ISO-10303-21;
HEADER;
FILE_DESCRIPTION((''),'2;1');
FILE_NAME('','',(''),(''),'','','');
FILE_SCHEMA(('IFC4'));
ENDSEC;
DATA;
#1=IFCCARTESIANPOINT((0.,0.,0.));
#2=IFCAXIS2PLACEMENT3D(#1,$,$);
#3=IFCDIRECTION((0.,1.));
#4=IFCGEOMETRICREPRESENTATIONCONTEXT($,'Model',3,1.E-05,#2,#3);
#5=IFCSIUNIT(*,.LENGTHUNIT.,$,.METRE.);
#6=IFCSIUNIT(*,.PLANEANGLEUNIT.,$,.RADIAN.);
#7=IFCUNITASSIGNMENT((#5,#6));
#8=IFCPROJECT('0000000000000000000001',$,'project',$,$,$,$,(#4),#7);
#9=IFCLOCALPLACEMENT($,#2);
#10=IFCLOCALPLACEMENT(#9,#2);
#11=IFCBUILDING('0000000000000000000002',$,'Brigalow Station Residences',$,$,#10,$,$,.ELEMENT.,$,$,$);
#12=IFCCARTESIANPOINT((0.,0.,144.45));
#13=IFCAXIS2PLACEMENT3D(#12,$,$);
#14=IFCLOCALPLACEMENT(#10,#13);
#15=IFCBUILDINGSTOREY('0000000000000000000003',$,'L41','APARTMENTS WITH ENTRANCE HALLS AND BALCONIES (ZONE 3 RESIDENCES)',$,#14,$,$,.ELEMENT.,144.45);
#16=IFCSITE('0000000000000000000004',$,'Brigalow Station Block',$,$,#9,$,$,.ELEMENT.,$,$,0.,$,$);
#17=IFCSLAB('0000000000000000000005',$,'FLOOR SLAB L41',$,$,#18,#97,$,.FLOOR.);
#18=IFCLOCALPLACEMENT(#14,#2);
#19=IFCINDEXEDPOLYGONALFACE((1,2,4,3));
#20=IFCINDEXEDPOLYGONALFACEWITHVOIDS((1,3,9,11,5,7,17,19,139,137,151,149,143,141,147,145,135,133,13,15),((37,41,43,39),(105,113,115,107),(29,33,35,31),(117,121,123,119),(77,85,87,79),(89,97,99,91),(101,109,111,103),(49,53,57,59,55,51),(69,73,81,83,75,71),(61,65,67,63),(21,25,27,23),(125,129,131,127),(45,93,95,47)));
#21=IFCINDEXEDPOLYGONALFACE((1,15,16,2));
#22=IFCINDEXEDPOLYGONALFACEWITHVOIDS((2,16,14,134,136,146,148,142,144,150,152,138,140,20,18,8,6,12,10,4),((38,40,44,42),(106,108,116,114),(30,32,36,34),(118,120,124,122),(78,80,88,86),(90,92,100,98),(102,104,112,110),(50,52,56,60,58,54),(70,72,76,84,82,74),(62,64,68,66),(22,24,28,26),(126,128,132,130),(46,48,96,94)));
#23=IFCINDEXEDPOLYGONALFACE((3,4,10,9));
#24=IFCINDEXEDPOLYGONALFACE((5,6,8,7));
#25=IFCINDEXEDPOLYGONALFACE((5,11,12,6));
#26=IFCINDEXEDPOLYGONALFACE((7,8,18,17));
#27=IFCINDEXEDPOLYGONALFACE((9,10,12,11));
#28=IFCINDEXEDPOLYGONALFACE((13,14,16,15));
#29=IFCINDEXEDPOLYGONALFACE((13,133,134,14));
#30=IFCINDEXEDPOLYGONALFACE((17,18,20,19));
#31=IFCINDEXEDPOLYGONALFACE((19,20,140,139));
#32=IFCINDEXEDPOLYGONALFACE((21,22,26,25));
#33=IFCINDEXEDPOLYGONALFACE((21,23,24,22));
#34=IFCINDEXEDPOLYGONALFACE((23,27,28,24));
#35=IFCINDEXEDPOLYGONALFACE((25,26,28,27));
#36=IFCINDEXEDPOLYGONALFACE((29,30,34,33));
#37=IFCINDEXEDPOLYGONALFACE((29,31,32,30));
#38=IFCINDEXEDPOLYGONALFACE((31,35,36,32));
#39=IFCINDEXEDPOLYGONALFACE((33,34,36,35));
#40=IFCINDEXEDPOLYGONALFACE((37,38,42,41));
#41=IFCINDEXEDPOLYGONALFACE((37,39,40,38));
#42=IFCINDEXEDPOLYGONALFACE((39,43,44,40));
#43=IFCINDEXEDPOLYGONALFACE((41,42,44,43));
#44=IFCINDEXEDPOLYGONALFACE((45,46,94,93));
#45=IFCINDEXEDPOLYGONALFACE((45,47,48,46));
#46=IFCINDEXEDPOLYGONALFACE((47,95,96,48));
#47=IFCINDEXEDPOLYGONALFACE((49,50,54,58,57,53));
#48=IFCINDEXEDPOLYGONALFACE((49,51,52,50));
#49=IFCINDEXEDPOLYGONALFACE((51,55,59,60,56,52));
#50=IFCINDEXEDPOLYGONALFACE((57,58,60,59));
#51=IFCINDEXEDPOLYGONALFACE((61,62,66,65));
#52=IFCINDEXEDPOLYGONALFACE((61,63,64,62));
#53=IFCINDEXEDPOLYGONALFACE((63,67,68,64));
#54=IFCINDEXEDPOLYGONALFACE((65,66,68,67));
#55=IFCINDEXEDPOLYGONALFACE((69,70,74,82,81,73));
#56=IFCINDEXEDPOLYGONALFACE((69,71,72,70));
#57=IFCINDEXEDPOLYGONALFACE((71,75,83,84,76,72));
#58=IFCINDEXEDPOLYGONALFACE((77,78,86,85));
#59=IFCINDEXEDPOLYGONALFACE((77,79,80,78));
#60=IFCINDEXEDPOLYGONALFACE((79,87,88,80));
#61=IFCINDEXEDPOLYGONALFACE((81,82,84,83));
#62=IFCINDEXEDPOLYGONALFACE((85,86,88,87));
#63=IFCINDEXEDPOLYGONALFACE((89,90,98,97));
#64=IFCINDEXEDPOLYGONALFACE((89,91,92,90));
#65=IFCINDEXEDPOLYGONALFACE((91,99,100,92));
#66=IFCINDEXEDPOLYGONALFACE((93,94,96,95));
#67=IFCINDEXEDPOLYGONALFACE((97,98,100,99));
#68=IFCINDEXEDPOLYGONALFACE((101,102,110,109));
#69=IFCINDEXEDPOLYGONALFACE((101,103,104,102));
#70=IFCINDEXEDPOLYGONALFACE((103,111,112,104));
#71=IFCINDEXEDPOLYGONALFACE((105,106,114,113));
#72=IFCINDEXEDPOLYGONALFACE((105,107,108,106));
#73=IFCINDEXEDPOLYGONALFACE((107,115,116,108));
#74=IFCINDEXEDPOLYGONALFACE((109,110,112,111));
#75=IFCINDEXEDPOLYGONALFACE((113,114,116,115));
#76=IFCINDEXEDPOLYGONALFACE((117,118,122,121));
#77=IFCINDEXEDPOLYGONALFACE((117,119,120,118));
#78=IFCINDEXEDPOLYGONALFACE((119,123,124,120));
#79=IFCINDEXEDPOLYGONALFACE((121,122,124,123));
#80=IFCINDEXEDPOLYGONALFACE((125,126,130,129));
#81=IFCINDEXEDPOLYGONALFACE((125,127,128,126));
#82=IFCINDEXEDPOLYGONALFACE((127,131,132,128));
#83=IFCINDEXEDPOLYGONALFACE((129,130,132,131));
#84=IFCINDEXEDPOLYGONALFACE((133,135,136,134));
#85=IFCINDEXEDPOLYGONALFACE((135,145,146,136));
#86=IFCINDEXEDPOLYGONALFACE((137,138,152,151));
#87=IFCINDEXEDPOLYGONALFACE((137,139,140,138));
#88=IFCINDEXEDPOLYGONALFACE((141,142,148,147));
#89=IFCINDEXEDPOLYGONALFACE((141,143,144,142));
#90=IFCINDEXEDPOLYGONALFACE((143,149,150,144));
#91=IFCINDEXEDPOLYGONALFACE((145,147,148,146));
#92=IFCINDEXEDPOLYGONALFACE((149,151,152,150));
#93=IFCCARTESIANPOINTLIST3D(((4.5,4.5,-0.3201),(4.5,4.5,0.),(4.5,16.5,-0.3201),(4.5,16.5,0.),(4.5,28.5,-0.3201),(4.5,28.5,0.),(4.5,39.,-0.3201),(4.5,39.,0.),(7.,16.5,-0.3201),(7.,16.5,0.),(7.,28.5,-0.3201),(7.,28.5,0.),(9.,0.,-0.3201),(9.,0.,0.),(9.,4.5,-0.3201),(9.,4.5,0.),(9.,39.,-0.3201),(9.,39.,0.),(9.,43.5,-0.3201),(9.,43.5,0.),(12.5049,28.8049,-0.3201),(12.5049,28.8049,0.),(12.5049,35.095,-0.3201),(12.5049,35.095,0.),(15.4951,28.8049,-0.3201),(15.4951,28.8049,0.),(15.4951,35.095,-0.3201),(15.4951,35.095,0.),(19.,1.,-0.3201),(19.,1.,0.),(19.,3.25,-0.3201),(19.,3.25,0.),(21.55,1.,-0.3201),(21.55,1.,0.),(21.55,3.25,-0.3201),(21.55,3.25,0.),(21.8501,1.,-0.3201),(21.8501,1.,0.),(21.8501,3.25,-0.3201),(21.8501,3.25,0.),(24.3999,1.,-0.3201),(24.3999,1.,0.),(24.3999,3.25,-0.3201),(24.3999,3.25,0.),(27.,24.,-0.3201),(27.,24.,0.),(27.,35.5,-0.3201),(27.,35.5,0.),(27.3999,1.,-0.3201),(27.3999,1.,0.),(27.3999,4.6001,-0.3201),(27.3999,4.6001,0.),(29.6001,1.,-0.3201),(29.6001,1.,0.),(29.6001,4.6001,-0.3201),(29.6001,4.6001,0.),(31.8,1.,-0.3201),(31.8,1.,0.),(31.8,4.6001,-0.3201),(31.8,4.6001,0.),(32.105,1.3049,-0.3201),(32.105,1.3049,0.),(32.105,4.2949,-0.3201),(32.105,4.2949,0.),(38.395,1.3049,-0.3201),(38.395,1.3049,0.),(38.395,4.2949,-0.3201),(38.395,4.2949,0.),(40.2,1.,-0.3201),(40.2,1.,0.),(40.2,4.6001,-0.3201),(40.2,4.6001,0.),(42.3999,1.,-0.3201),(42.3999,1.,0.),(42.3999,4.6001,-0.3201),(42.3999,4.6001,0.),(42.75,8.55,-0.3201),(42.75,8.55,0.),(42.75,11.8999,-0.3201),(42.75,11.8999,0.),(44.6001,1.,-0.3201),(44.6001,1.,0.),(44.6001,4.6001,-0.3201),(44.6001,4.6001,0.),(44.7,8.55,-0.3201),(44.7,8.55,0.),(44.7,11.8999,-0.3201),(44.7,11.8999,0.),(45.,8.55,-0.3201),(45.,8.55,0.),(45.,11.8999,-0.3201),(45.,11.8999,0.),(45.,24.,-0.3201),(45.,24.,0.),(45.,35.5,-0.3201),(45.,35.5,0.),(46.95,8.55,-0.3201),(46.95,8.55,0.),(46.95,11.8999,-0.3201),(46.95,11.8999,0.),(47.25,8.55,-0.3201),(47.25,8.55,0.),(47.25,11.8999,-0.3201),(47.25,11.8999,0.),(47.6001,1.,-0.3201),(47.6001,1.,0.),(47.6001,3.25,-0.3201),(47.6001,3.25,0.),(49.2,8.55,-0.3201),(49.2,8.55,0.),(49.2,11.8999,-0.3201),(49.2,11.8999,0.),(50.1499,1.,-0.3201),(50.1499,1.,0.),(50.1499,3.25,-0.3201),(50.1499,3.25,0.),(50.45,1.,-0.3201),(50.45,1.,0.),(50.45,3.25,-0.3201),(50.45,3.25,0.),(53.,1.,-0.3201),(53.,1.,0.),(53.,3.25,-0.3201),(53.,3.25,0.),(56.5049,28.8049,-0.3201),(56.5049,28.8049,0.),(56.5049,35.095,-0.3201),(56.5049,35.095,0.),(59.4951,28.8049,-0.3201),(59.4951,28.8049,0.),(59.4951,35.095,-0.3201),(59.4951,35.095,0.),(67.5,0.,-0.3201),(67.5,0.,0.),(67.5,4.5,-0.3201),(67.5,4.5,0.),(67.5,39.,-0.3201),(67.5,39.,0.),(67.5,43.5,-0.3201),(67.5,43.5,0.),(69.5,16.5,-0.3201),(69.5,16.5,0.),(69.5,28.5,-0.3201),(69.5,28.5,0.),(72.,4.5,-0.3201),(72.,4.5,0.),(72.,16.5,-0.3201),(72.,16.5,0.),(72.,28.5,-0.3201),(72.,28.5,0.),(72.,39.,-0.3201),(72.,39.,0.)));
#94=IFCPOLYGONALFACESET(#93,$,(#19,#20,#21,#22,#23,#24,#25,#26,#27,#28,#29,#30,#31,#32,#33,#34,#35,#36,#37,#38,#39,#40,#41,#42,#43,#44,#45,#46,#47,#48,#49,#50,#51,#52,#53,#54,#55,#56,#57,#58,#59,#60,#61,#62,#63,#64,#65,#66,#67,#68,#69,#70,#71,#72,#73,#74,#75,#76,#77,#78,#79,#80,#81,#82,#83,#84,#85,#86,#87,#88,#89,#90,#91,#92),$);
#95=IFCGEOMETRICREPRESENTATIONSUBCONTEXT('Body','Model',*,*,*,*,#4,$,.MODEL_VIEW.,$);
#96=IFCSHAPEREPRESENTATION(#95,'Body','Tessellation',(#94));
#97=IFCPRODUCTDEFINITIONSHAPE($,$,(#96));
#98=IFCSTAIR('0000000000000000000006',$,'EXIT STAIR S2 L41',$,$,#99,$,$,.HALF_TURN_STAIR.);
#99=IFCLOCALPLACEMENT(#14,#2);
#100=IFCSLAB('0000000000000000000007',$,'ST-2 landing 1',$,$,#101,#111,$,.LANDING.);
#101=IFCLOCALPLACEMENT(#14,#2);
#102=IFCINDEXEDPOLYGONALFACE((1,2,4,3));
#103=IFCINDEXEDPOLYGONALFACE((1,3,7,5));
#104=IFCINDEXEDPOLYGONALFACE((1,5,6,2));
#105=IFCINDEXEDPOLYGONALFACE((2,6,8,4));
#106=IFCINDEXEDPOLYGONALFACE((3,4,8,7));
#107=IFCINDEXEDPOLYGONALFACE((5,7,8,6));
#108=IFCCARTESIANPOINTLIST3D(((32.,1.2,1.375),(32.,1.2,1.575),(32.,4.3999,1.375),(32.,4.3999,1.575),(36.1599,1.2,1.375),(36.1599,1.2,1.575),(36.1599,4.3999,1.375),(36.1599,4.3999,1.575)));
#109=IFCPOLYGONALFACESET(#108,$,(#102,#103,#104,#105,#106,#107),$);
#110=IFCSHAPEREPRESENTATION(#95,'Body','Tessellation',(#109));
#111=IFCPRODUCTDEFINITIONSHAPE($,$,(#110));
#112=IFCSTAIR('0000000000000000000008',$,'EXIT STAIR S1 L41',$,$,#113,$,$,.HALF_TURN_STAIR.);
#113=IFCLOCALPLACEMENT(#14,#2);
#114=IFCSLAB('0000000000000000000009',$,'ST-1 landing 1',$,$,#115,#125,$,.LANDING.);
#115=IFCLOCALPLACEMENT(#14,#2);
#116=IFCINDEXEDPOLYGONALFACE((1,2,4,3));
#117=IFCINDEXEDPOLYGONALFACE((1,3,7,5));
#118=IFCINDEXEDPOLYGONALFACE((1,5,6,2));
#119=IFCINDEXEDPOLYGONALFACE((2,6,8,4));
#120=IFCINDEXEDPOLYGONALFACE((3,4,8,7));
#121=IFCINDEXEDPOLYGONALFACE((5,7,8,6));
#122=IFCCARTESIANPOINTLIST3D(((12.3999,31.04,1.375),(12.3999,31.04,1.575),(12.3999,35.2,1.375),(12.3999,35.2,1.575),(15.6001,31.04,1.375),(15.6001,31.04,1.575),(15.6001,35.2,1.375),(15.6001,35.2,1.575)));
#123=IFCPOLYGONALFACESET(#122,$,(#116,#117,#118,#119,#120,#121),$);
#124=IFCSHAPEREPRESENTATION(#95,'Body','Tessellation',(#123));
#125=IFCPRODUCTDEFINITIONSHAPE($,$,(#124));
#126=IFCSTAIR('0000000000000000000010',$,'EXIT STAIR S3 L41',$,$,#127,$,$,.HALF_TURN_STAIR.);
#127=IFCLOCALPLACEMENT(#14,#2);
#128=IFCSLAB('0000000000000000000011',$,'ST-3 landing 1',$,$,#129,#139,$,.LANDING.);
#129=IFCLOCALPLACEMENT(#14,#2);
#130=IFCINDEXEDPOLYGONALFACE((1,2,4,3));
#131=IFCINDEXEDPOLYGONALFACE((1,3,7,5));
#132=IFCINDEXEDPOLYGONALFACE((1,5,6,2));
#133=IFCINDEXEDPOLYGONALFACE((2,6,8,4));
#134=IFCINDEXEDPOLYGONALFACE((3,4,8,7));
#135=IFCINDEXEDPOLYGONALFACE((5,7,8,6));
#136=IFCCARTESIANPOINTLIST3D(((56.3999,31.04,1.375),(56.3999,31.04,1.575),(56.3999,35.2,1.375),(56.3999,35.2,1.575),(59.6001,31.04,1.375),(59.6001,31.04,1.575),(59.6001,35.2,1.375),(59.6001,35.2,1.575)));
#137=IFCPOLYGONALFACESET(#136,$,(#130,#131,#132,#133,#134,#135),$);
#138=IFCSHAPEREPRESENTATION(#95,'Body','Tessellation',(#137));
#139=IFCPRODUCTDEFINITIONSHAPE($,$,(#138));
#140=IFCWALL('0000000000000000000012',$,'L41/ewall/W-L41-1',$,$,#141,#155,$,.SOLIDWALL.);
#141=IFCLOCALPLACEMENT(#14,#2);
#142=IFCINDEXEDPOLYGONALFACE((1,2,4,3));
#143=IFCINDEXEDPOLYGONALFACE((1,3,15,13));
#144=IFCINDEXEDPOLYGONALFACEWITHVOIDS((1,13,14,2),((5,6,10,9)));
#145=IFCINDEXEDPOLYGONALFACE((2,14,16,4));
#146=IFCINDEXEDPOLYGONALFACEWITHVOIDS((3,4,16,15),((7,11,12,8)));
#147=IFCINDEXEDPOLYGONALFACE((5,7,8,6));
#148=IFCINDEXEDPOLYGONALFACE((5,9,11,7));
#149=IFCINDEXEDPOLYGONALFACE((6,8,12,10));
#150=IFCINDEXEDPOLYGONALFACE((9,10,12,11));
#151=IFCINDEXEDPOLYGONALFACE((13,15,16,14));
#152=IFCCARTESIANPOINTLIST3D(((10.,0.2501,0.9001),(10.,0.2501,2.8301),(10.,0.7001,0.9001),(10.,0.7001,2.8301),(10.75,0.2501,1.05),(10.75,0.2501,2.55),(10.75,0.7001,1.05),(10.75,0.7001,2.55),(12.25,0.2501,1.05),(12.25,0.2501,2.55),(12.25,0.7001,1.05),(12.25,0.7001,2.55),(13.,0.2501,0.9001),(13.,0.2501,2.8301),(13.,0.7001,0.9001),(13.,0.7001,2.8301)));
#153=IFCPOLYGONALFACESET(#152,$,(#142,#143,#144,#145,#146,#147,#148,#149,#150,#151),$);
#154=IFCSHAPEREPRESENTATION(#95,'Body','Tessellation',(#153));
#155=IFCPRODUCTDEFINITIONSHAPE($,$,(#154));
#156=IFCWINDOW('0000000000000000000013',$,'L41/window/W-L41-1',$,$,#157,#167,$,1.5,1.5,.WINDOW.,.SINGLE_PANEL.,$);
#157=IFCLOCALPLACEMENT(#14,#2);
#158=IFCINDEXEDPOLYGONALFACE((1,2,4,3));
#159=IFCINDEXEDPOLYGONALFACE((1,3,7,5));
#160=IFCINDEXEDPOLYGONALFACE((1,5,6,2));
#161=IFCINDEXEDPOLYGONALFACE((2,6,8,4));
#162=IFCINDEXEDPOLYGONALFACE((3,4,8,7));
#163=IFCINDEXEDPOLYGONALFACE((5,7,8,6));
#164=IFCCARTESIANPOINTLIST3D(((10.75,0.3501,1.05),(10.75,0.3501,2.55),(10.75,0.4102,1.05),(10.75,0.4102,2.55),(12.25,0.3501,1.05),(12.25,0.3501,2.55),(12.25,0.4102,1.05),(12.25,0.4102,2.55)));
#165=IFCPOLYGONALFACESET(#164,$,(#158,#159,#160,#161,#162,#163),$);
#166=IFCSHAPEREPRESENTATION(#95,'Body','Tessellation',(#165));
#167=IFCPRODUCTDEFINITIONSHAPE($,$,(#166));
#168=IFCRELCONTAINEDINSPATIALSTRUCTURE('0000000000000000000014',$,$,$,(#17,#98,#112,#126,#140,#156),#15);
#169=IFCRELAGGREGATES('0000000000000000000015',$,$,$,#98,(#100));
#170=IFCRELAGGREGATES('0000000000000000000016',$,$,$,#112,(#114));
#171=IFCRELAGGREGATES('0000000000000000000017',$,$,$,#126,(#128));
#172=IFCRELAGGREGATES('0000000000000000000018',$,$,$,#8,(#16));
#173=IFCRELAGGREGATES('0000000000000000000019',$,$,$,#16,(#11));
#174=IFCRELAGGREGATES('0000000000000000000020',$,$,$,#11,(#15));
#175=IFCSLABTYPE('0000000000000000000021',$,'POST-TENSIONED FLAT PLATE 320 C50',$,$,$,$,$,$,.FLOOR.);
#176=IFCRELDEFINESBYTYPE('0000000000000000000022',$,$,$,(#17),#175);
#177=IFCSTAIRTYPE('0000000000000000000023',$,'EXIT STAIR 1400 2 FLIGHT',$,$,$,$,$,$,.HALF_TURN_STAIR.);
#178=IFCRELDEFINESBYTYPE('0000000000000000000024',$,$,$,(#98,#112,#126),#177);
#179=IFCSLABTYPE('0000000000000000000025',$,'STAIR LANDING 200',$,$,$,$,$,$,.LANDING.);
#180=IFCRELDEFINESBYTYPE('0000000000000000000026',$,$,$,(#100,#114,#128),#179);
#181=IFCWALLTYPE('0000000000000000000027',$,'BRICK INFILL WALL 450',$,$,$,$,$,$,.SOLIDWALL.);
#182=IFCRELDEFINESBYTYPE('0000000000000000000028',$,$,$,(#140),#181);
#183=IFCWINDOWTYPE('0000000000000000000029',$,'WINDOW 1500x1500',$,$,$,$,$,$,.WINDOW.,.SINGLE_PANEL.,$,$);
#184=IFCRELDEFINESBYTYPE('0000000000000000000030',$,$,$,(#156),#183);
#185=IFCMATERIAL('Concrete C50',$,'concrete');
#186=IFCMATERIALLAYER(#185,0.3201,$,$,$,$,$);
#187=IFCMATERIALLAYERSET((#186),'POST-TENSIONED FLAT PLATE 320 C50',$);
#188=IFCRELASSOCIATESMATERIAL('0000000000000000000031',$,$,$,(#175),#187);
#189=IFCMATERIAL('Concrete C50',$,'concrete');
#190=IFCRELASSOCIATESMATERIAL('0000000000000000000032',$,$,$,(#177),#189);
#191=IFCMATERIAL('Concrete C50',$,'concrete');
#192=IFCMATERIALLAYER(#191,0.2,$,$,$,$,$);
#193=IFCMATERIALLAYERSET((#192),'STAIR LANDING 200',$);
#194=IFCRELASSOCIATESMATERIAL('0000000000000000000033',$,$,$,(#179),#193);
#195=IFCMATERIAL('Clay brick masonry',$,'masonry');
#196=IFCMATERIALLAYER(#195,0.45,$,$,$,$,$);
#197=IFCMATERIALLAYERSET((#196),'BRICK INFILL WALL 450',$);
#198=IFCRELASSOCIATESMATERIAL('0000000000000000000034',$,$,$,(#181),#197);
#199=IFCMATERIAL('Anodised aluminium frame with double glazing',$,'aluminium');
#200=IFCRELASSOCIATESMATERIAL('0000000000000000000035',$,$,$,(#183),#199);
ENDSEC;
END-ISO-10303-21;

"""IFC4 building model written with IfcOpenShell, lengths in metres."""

from ifc_helpers import new_model, si_unit, direction, frame, frame_2d, origin, place, context, subcontext, project, spatial, polyline, rectangle, outline, extrude, material, layer, layer_set, type_object, element, fill, aggregate, save


model = new_model("IFC4")

# Units and contexts
model_context = context("Model", 3, precision=1e-05, world=origin(), true_north=direction((0.0, 1.0)))
body_context = subcontext(model_context, "Body", "Model", "MODEL_VIEW")
ifc_project = project(units=[si_unit("LENGTHUNIT", "METRE"), si_unit("PLANEANGLEUNIT", "RADIAN")], contexts=[model_context])

# Site, building, storey
site_placement = place(None, origin())
site = spatial("IfcSite", under=ifc_project, at=site_placement, Name="Brigalow Station Block", CompositionType="ELEMENT", RefElevation=0.0)
building_placement = place(site_placement, origin())
building = spatial("IfcBuilding", under=site, at=building_placement, Name="Brigalow Station Residences", CompositionType="ELEMENT")
storey_placement = place(building_placement, frame((0.0, 0.0, 144.45)))
storey = spatial("IfcBuildingStorey", under=building, at=storey_placement, Name="L41", Description="APARTMENTS WITH ENTRANCE HALLS AND BALCONIES (ZONE 3 RESIDENCES)", CompositionType="ELEMENT", Elevation=144.45)

# Slab
ifc_material_1 = material(Name="Concrete C50", Category="concrete")
ifc_layer_1 = layer(ifc_material_1, 0.3201)
ifc_layer_set_1 = layer_set([ifc_layer_1], Name="POST-TENSIONED FLAT PLATE 320 C50")
slab_type_1 = type_object("IfcSlabType", Name="POST-TENSIONED FLAT PLATE 320 C50", PredefinedType="FLOOR", material=ifc_layer_set_1)
slab_1_placement = place(storey_placement, frame((0.0, 0.0, -0.3201)))
element("IfcSlab", 1, at=slab_1_placement, inside=storey, type_object=slab_type_1, Name="FLOOR SLAB L41", PredefinedType="FLOOR", context=body_context, shape_type="SweptSolid", body=[
    extrude(outline(polyline([(9.0, 0.0), (67.5, 0.0), (67.5, 4.5), (72.0, 4.5), (72.0, 16.5), (69.5, 16.5), (69.5, 28.5), (72.0, 28.5), (72.0, 39.0), (67.5, 39.0), (67.5, 43.5), (9.0, 43.5), (9.0, 39.0), (4.5, 39.0), (4.5, 28.5), (7.0, 28.5), (7.0, 16.5), (4.5, 16.5), (4.5, 4.5), (9.0, 4.5), (9.0, 0.0)]), holes=[polyline([(12.5049, 35.095), (15.4951, 35.095), (15.4951, 28.8049), (12.5049, 28.8049), (12.5049, 35.095)]), polyline([(19.0, 1.0), (19.0, 3.25), (21.55, 3.25), (21.55, 1.0), (19.0, 1.0)]), polyline([(21.8501, 3.25), (24.3999, 3.25), (24.3999, 1.0), (21.8501, 1.0), (21.8501, 3.25)]), polyline([(27.0, 35.5), (45.0, 35.5), (45.0, 24.0), (27.0, 24.0), (27.0, 35.5)]), polyline([(29.6001, 4.6001), (31.8, 4.6001), (31.8, 1.0), (29.6001, 1.0), (27.3999, 1.0), (27.3999, 4.6001), (29.6001, 4.6001)]), polyline([(32.105, 4.2949), (38.395, 4.2949), (38.395, 1.3049), (32.105, 1.3049), (32.105, 4.2949)]), polyline([(40.2, 4.6001), (42.3999, 4.6001), (44.6001, 4.6001), (44.6001, 1.0), (42.3999, 1.0), (40.2, 1.0), (40.2, 4.6001)]), polyline([(42.75, 11.8999), (44.7, 11.8999), (44.7, 8.55), (42.75, 8.55), (42.75, 11.8999)]), polyline([(45.0, 11.8999), (46.95, 11.8999), (46.95, 8.55), (45.0, 8.55), (45.0, 11.8999)]), polyline([(47.25, 11.8999), (49.2, 11.8999), (49.2, 8.55), (47.25, 8.55), (47.25, 11.8999)]), polyline([(47.6001, 3.25), (50.1499, 3.25), (50.1499, 1.0), (47.6001, 1.0), (47.6001, 3.25)]), polyline([(50.45, 3.25), (53.0, 3.25), (53.0, 1.0), (50.45, 1.0), (50.45, 3.25)]), polyline([(56.5049, 35.095), (59.4951, 35.095), (59.4951, 28.8049), (56.5049, 28.8049), (56.5049, 35.095)])]), origin(), (0.0, 0.0, 1.0), 0.3201),
])

# Stairs, slabs
ifc_material_2 = material(Name="Concrete C50", Category="concrete")
stair_type = type_object("IfcStairType", Name="EXIT STAIR 1400 2 FLIGHT", PredefinedType="HALF_TURN_STAIR", material=ifc_material_2)
stair_1_placement = place(storey_placement, origin())
stair_1 = element("IfcStair", 2, at=stair_1_placement, inside=storey, type_object=stair_type, Name="EXIT STAIR S2 L41", PredefinedType="HALF_TURN_STAIR")
ifc_material_3 = material(Name="Concrete C50", Category="concrete")
ifc_layer_2 = layer(ifc_material_3, 0.2)
ifc_layer_set_2 = layer_set([ifc_layer_2], Name="STAIR LANDING 200")
slab_type_2 = type_object("IfcSlabType", Name="STAIR LANDING 200", PredefinedType="LANDING", material=ifc_layer_set_2)
slab_2_placement = place(storey_placement, frame((0.0, 0.0, 1.375)))
slab_2 = element("IfcSlab", 3, at=slab_2_placement, type_object=slab_type_2, Name="ST-2 landing 1", PredefinedType="LANDING", context=body_context, shape_type="SweptSolid", body=[
    extrude(outline(polyline([(32.0, 1.2), (36.1599, 1.2), (36.1599, 4.3999), (32.0, 4.3999), (32.0, 1.2)])), origin(), (0.0, 0.0, 1.0), 0.2),
])
aggregate(stair_1, [slab_2])
stair_2_placement = place(storey_placement, origin())
stair_2 = element("IfcStair", 4, at=stair_2_placement, inside=storey, type_object=stair_type, Name="EXIT STAIR S1 L41", PredefinedType="HALF_TURN_STAIR")
slab_3_placement = place(storey_placement, frame((0.0, 0.0, 1.375)))
slab_3 = element("IfcSlab", 5, at=slab_3_placement, type_object=slab_type_2, Name="ST-1 landing 1", PredefinedType="LANDING", context=body_context, shape_type="SweptSolid", body=[
    extrude(outline(polyline([(12.3999, 31.04), (15.6001, 31.04), (15.6001, 35.2), (12.3999, 35.2), (12.3999, 31.04)])), origin(), (0.0, 0.0, 1.0), 0.2),
])
aggregate(stair_2, [slab_3])
stair_3_placement = place(storey_placement, origin())
stair_3 = element("IfcStair", 6, at=stair_3_placement, inside=storey, type_object=stair_type, Name="EXIT STAIR S3 L41", PredefinedType="HALF_TURN_STAIR")
slab_4_placement = place(storey_placement, frame((0.0, 0.0, 1.375)))
slab_4 = element("IfcSlab", 7, at=slab_4_placement, type_object=slab_type_2, Name="ST-3 landing 1", PredefinedType="LANDING", context=body_context, shape_type="SweptSolid", body=[
    extrude(outline(polyline([(56.3999, 31.04), (59.6001, 31.04), (59.6001, 35.2), (56.3999, 35.2), (56.3999, 31.04)])), origin(), (0.0, 0.0, 1.0), 0.2),
])
aggregate(stair_3, [slab_4])

# Wall, opening, window
ifc_material_4 = material(Name="Clay brick masonry", Category="masonry")
ifc_layer_3 = layer(ifc_material_4, 0.45)
ifc_layer_set_3 = layer_set([ifc_layer_3], Name="BRICK INFILL WALL 450")
wall_type = type_object("IfcWallType", Name="BRICK INFILL WALL 450", PredefinedType="SOLIDWALL", material=ifc_layer_set_3)
wall_1_placement = place(storey_placement, frame((10.0, 0.4751, 0.9001), z_axis=(0.0, 0.0, 1.0), x_axis=(1.0, 0.0, 0.0)))
wall_1 = element("IfcWall", 8, at=wall_1_placement, inside=storey, type_object=wall_type, Name="L41/ewall/W-L41-1", PredefinedType="SOLIDWALL", context=body_context, shape_type="SweptSolid", body=[
    extrude(rectangle(XDim=3.0, YDim=0.45, at=frame_2d((1.5, 0.0))), origin(), (0.0, 0.0, 1.0), 1.9299),
])
opening_1_placement = place(wall_1_placement, frame((0.75, 0.0, 0.1499)))
opening_1 = element("IfcOpeningElement", 9, at=opening_1_placement, cuts=wall_1, PredefinedType="OPENING", context=body_context, shape_type="SweptSolid", body=[
    extrude(rectangle(XDim=1.5, YDim=1.5, at=frame_2d((0.75, 0.75))), frame((0.0, 0.2349, 0.0), z_axis=(0.0, -1.0, 0.0), x_axis=(1.0, 0.0, 0.0)), (0.0, 0.0, 1.0), 0.47),
])
ifc_material_5 = material(Name="Anodised aluminium frame with double glazing", Category="aluminium")
window_type_1 = type_object("IfcWindowType", Name="WINDOW 1500x1500", PartitioningType="SINGLE_PANEL", PredefinedType="WINDOW", material=ifc_material_5)
window_1_placement = place(opening_1_placement, origin())
window_1 = element("IfcWindow", 10, at=window_1_placement, inside=storey, type_object=window_type_1, Name="L41/window/W-L41-1", OverallHeight=1.5, OverallWidth=1.5, PartitioningType="SINGLE_PANEL", PredefinedType="WINDOW", context=body_context, shape_type="SweptSolid", body=[
    extrude(rectangle(XDim=1.5, YDim=1.5, at=frame_2d((0.75, 0.75))), frame((0.0, -0.0649, 0.0), z_axis=(0.0, -1.0, 0.0), x_axis=(1.0, 0.0, 0.0)), (0.0, 0.0, 1.0), 0.0601),
])
fill(opening_1, window_1)

save(model, "model.ifc")
